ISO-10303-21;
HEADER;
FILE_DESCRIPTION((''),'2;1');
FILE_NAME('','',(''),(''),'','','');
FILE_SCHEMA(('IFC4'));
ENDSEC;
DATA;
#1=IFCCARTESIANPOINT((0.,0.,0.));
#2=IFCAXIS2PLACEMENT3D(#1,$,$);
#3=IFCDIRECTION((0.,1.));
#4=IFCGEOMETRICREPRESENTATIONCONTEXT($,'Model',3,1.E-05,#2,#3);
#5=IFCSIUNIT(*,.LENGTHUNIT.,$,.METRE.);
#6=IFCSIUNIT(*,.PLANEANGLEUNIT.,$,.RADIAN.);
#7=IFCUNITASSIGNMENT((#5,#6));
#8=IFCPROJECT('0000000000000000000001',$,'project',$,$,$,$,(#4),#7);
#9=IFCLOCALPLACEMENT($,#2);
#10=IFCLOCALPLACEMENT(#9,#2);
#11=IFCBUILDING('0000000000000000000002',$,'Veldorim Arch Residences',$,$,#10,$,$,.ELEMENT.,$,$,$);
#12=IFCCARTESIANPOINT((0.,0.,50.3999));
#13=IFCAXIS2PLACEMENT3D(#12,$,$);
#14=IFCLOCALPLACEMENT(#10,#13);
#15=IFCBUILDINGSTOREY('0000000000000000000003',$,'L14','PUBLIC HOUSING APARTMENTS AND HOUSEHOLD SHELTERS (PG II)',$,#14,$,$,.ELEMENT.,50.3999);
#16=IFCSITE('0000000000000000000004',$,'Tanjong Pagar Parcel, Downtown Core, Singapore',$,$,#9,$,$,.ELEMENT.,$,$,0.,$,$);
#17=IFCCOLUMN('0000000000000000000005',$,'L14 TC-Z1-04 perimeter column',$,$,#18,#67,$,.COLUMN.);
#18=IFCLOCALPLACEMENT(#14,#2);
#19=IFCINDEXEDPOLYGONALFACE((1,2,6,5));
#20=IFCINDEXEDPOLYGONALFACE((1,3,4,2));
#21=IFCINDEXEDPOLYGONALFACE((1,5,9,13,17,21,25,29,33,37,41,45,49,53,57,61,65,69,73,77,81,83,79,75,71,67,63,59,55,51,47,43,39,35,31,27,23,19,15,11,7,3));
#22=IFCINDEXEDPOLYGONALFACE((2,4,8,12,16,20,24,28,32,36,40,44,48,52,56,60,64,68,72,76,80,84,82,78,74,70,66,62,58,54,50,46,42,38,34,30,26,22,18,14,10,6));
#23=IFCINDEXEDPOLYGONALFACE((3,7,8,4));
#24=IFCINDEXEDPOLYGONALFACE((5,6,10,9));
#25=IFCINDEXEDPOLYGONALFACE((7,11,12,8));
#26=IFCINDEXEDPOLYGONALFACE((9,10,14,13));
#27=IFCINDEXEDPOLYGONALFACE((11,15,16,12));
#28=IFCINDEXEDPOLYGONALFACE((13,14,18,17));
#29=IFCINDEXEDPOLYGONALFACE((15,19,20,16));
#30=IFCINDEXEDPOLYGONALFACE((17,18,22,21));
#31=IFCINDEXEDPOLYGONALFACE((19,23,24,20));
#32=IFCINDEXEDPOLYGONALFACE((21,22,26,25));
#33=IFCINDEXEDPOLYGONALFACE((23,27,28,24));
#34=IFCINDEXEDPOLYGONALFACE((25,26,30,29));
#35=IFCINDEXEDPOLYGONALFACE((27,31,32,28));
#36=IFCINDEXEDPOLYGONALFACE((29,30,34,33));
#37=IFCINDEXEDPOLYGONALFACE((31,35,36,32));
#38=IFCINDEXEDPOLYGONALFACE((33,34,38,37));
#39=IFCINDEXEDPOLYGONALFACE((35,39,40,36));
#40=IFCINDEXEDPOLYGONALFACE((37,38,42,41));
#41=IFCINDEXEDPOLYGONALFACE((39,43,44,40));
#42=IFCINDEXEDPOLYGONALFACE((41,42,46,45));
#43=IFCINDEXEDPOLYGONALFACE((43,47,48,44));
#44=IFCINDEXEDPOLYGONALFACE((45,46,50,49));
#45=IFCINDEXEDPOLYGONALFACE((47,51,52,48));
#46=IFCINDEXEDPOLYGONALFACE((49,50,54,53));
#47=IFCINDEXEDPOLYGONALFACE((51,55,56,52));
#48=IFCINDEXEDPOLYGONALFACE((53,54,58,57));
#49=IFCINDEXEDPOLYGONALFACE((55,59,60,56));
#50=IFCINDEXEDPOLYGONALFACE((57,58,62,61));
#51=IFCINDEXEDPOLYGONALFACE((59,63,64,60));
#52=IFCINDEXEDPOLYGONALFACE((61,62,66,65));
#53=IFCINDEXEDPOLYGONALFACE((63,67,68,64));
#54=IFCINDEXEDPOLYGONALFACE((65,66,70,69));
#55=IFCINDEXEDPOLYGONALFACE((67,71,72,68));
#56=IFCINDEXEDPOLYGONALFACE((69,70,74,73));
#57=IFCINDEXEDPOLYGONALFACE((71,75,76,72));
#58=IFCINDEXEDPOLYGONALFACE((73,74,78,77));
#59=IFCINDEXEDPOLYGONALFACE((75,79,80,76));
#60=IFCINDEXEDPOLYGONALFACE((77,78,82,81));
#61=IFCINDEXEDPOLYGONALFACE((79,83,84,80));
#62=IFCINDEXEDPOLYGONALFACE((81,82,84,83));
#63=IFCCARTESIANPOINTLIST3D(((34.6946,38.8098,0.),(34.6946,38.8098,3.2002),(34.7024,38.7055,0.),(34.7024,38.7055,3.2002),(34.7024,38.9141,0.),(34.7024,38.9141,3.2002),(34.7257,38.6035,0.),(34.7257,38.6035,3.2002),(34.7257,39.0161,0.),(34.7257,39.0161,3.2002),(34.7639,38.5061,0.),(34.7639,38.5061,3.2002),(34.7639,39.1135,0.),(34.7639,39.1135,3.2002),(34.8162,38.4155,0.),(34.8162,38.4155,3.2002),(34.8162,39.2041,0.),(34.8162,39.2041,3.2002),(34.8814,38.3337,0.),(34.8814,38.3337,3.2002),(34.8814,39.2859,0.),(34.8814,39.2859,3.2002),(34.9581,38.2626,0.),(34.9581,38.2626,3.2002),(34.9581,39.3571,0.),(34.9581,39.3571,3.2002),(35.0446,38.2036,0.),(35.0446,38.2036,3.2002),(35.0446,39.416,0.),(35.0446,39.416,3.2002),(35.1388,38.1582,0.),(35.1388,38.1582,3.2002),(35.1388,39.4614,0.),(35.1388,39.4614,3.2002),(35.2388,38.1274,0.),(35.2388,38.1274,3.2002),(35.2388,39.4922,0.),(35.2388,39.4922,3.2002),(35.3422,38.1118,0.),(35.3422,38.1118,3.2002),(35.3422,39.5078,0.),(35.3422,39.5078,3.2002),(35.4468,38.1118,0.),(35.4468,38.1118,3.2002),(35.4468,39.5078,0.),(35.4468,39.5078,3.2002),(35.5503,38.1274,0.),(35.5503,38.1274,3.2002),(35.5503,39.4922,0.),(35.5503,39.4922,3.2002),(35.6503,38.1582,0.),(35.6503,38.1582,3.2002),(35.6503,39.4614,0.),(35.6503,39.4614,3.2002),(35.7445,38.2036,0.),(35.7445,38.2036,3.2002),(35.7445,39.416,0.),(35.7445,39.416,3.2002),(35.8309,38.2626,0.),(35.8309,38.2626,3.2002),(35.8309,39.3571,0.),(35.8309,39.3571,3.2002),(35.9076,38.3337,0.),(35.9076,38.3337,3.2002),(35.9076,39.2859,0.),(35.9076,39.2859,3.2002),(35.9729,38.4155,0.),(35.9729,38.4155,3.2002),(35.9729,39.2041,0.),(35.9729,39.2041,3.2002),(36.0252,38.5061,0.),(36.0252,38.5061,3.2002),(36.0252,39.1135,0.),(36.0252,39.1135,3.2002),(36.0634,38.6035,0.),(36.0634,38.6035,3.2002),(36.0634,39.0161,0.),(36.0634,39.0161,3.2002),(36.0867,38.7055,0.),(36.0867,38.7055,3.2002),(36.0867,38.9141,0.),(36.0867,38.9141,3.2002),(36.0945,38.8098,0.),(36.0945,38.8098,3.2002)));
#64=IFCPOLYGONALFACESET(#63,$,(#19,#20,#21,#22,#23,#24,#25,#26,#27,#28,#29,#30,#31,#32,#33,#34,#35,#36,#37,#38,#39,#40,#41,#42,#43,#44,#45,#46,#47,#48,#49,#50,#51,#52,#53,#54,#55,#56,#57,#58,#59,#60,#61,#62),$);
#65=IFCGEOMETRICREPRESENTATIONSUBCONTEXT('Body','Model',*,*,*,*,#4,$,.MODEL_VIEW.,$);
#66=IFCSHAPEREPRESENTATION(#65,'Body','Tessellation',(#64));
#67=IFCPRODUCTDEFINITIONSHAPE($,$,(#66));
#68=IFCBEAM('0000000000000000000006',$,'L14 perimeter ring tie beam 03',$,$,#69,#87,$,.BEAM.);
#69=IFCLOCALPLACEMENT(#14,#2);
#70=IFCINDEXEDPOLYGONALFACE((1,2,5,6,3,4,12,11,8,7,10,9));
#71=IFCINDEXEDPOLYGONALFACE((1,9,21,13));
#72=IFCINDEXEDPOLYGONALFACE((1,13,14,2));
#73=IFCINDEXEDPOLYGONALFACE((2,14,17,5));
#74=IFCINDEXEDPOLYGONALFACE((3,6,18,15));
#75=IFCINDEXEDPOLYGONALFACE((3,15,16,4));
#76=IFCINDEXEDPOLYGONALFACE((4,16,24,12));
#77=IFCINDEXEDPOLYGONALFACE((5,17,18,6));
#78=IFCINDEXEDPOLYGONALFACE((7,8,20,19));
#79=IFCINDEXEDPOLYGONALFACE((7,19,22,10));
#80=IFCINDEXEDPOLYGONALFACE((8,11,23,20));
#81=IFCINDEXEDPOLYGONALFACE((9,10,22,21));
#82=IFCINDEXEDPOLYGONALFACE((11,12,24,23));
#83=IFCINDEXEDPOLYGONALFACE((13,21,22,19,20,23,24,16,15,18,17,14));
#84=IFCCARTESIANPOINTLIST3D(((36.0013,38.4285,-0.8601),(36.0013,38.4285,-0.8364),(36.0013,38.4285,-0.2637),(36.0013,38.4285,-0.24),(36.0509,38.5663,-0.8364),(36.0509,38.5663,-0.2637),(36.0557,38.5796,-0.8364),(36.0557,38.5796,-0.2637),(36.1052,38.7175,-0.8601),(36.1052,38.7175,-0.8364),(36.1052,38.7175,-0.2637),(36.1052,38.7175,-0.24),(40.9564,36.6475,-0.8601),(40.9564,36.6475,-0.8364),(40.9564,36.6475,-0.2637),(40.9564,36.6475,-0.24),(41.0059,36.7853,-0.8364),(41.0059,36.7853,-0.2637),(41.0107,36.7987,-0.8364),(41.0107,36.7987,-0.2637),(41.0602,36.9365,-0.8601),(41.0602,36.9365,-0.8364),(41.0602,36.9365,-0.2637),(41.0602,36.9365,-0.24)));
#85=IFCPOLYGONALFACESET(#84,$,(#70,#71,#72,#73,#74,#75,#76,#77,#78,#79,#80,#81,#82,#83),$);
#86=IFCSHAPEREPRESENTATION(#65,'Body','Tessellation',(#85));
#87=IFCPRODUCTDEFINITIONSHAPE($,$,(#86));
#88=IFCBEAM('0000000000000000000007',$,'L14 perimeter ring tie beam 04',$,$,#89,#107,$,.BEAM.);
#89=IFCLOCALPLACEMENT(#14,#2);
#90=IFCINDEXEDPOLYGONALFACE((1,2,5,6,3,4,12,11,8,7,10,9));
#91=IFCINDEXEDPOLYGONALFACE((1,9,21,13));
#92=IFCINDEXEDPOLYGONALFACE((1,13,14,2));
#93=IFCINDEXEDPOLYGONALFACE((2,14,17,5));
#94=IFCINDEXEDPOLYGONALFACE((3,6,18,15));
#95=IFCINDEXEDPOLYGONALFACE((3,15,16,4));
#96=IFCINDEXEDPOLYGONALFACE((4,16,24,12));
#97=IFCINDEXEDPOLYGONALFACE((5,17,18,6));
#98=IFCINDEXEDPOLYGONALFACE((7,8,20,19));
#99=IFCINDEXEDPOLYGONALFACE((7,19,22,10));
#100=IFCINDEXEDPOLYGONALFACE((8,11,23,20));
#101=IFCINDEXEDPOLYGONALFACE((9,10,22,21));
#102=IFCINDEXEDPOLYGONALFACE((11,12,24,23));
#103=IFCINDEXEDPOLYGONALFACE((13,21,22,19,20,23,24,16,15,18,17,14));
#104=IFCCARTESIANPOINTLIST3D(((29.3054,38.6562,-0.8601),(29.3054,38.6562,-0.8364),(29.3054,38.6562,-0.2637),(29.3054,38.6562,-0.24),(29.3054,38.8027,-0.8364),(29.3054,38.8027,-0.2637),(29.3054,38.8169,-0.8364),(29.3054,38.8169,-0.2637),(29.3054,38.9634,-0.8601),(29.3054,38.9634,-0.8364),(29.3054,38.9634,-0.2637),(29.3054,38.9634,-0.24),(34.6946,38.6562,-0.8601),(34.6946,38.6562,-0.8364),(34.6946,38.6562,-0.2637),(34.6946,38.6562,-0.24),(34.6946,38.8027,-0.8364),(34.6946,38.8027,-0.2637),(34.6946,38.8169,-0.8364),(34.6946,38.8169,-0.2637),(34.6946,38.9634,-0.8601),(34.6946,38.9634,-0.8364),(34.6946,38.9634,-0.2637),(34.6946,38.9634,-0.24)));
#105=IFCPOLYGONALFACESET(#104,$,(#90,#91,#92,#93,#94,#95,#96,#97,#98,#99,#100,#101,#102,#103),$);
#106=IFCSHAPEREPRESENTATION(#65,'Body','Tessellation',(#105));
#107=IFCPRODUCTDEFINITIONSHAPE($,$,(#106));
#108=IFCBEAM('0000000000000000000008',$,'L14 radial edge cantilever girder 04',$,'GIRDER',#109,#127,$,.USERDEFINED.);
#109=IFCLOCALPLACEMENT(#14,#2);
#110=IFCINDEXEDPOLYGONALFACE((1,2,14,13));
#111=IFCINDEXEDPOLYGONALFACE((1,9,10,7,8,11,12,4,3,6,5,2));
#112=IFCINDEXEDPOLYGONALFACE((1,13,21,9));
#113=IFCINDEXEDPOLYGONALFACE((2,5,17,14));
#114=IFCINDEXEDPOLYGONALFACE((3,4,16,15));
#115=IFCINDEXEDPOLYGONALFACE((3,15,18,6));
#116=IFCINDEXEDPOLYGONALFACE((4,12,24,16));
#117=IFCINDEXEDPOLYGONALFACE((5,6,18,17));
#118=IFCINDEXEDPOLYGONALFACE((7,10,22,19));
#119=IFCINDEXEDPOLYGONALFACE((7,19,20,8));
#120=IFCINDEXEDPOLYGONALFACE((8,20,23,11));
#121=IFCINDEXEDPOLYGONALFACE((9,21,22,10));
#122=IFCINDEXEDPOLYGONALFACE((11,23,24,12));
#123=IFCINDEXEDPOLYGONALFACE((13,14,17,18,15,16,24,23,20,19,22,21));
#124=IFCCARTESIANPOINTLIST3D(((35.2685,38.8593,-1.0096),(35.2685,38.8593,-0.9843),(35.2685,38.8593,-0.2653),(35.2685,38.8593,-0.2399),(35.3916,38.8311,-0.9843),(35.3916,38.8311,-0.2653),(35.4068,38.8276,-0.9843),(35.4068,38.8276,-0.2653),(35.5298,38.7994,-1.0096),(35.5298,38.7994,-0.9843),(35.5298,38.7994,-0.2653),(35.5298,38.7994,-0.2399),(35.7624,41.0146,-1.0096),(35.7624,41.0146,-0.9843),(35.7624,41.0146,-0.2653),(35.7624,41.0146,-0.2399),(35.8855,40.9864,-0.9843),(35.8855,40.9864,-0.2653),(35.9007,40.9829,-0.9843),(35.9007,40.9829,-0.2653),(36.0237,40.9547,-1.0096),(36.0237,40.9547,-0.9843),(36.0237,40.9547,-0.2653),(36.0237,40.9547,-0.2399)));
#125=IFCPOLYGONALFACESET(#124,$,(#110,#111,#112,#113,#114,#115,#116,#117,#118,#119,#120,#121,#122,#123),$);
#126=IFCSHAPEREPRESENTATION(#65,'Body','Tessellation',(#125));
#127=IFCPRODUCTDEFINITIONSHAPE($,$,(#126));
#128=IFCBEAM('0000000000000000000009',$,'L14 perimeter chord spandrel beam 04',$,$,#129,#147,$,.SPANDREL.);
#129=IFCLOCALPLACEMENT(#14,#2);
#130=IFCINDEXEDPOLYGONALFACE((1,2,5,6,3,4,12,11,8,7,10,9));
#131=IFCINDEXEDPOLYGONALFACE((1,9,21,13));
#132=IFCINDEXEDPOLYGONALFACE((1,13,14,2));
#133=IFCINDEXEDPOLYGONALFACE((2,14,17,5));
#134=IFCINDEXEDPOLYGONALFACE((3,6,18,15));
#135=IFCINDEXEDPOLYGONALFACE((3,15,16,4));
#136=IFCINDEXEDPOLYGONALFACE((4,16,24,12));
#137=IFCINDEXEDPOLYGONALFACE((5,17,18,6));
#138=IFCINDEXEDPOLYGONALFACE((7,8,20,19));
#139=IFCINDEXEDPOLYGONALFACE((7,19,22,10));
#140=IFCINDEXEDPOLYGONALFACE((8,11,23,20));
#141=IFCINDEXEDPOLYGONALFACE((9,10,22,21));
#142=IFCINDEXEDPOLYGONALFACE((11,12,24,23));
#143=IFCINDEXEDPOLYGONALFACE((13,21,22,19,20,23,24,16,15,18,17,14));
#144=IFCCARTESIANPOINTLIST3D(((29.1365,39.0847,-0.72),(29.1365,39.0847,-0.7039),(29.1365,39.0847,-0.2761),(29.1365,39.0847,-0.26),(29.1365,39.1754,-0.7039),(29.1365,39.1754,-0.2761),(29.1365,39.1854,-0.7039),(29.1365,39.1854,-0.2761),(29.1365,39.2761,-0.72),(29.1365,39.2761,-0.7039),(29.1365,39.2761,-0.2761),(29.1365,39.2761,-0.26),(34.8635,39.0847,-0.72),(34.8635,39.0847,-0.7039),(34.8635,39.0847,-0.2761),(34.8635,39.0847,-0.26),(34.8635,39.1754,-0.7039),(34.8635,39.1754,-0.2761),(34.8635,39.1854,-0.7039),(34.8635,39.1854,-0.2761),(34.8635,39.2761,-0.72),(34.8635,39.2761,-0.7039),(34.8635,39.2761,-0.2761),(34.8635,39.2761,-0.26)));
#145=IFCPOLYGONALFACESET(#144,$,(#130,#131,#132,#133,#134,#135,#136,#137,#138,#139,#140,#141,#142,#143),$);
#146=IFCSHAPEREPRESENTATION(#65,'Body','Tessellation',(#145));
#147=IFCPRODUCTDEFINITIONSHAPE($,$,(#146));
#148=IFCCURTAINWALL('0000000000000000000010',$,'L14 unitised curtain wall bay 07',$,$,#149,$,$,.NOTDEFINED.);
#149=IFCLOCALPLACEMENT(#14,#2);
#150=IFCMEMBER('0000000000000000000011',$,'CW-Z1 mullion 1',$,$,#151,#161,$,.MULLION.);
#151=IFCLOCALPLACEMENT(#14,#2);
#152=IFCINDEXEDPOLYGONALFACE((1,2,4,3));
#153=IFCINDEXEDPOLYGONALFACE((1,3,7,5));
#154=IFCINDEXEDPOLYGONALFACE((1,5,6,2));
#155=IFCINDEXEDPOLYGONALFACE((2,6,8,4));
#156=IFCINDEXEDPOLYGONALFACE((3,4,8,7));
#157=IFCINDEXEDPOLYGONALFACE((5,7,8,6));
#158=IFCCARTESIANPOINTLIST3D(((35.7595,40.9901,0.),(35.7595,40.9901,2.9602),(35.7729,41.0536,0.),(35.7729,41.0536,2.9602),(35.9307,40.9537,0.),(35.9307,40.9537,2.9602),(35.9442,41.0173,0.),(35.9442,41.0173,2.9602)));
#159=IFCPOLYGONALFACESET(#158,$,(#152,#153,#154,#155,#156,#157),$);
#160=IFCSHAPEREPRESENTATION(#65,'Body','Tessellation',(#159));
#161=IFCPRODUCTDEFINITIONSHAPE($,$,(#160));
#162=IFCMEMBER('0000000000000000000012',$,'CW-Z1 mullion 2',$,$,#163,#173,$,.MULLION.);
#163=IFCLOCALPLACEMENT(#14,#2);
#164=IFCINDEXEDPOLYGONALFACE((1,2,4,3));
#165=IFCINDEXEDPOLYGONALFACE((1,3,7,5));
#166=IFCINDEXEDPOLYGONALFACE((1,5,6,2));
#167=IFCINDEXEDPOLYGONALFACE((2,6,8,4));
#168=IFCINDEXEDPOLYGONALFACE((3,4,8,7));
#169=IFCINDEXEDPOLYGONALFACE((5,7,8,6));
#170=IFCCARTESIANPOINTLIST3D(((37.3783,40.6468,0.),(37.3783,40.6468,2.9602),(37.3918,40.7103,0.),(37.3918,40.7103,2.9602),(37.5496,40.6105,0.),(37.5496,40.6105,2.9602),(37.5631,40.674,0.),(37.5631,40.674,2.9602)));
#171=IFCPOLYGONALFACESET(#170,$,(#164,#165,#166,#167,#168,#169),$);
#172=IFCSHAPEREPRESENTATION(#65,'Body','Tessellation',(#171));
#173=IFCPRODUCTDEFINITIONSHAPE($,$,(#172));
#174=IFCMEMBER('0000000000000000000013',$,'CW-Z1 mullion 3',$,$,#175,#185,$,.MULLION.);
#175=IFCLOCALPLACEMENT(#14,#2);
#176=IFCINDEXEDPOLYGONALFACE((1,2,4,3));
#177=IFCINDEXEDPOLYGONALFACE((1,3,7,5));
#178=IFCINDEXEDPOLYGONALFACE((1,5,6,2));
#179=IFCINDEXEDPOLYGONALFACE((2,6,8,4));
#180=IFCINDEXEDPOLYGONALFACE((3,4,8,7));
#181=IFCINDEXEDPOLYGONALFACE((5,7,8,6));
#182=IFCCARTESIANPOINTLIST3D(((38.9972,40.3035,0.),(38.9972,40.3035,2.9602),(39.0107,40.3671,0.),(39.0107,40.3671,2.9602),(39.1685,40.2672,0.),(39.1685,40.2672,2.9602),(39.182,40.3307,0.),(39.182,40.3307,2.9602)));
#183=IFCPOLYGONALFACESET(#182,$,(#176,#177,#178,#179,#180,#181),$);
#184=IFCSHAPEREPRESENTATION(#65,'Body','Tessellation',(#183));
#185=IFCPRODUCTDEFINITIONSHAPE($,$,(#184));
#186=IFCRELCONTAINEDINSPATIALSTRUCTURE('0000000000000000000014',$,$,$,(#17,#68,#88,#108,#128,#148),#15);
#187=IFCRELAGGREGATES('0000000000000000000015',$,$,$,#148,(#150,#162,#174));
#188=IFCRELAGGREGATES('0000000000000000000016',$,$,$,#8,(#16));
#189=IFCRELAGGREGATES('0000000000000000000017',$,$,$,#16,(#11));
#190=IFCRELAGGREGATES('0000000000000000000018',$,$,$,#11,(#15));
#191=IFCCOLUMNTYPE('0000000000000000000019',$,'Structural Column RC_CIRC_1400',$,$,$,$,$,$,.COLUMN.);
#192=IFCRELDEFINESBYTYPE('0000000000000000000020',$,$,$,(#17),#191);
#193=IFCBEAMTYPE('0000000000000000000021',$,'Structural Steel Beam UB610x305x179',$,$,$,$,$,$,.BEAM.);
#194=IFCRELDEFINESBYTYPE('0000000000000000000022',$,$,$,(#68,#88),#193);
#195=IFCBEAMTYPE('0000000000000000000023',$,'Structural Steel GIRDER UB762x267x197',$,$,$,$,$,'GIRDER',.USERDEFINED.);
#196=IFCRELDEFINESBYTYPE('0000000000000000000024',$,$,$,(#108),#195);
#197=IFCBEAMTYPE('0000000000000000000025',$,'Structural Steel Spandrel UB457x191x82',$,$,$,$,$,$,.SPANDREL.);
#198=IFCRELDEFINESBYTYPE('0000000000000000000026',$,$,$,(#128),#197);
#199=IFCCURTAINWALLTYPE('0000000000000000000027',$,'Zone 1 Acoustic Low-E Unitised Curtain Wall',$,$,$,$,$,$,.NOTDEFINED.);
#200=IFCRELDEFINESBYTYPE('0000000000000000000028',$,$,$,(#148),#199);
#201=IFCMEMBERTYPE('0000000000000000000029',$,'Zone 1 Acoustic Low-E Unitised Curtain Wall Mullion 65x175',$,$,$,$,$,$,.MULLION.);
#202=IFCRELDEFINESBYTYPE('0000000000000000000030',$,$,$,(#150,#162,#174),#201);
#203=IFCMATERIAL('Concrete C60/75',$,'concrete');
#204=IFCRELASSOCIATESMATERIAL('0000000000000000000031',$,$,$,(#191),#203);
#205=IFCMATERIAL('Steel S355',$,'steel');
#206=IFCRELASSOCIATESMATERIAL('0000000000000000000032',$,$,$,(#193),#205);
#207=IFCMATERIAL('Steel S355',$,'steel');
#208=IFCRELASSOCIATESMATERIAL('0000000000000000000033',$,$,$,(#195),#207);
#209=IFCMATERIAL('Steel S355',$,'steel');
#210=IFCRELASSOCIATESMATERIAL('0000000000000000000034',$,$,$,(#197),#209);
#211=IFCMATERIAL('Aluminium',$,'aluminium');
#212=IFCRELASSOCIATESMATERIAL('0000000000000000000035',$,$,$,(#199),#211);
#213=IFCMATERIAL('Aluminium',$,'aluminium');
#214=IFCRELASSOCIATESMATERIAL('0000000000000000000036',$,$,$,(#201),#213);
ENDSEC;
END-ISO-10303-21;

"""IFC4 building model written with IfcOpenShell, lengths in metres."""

from ifc_helpers import new_model, si_unit, direction, frame, origin, origin_2d, place, context, subcontext, project, spatial, rectangle, circle, i_section, extrude, material, material_profile, profile_set, type_object, element, aggregate, save


model = new_model("IFC4")

# Units and contexts
model_context = context("Model", 3, precision=1e-05, world=origin(), true_north=direction((0.0, 1.0)))
body_context = subcontext(model_context, "Body", "Model", "MODEL_VIEW")
ifc_project = project(units=[si_unit("LENGTHUNIT", "METRE"), si_unit("PLANEANGLEUNIT", "RADIAN")], contexts=[model_context])

# Site, building, storey
site_placement = place(None, origin())
site = spatial("IfcSite", under=ifc_project, at=site_placement, Name="Tanjong Pagar Parcel, Downtown Core, Singapore", CompositionType="ELEMENT", RefElevation=0.0)
building_placement = place(site_placement, origin())
building = spatial("IfcBuilding", under=site, at=building_placement, Name="Veldorim Arch Residences", CompositionType="ELEMENT")
storey_placement = place(building_placement, frame((0.0, 0.0, 50.3999)))
storey = spatial("IfcBuildingStorey", under=building, at=storey_placement, Name="L14", Description="PUBLIC HOUSING APARTMENTS AND HOUSEHOLD SHELTERS (PG II)", CompositionType="ELEMENT", Elevation=50.3999)

# Column
ifc_material_1 = material(Name="Concrete C60/75", Category="concrete")
ifc_material_profile_1 = material_profile(ifc_material_1, circle(Radius=0.7, at=origin_2d()), Name="RC_CIRC_1400")
ifc_profile_set_1 = profile_set([ifc_material_profile_1], Name="Concrete C60/75")
column_type = type_object("IfcColumnType", Name="Structural Column RC_CIRC_1400", PredefinedType="COLUMN", material=ifc_profile_set_1)
column_placement = place(storey_placement, frame((35.3945, 38.8098, 0.0), z_axis=(0.0, 0.0, 1.0), x_axis=(1.0, 0.0, 0.0)))
element("IfcColumn", 1, at=column_placement, inside=storey, type_object=column_type, Name="L14 TC-Z1-04 perimeter column", PredefinedType="COLUMN", context=body_context, shape_type="SweptSolid", body=[
    extrude(circle(Radius=0.7, at=origin_2d()), origin(), (0.0, 0.0, 1.0), 3.2002),
])

# Beams
ifc_material_2 = material(Name="Steel S355", Category="steel")
ifc_material_profile_2 = material_profile(ifc_material_2, i_section(OverallWidth=0.3071, OverallDepth=0.6201, WebThickness=0.0142, FlangeThickness=0.0237, at=origin_2d()), Name="UB610x305x179")
ifc_profile_set_2 = profile_set([ifc_material_profile_2], Name="Steel S355")
beam_type_1 = type_object("IfcBeamType", Name="Structural Steel Beam UB610x305x179", PredefinedType="BEAM", material=ifc_profile_set_2)
beam_1_placement = place(storey_placement, frame((41.0083, 36.792, -0.55), z_axis=(-0.941058, 0.338245, 0.0), x_axis=(-0.338245, -0.941058, 0.0)))
element("IfcBeam", 2, at=beam_1_placement, inside=storey, type_object=beam_type_1, Name="L14 perimeter ring tie beam 03", PredefinedType="BEAM", context=body_context, shape_type="SweptSolid", body=[
    extrude(i_section(OverallWidth=0.3071, OverallDepth=0.6201, WebThickness=0.0142, FlangeThickness=0.0237, at=origin_2d()), origin(), (0.0, 0.0, 1.0), 5.2654),
])
beam_2_placement = place(storey_placement, frame((34.6946, 38.8098, -0.55), z_axis=(-1.0, 0.0, 0.0), x_axis=(0.0, -1.0, 0.0)))
element("IfcBeam", 3, at=beam_2_placement, inside=storey, type_object=beam_type_1, Name="L14 perimeter ring tie beam 04", PredefinedType="BEAM", context=body_context, shape_type="SweptSolid", body=[
    extrude(i_section(OverallWidth=0.3071, OverallDepth=0.6201, WebThickness=0.0142, FlangeThickness=0.0237, at=origin_2d()), origin(), (0.0, 0.0, 1.0), 5.3892),
])
ifc_material_3 = material(Name="Steel S355", Category="steel")
ifc_material_profile_3 = material_profile(ifc_material_3, i_section(OverallWidth=0.2681, OverallDepth=0.7698, WebThickness=0.0156, FlangeThickness=0.0254, at=origin_2d()), Name="UB762x267x197")
ifc_profile_set_3 = profile_set([ifc_material_profile_3], Name="Steel S355")
beam_type_2 = type_object("IfcBeamType", Name="Structural Steel GIRDER UB762x267x197", ElementType="GIRDER", PredefinedType="USERDEFINED", material=ifc_profile_set_3)
beam_3_placement = place(storey_placement, frame((35.3992, 38.8293, -0.6248), z_axis=(0.223367, 0.974734, 0.0), x_axis=(-0.974734, 0.223367, 0.0)))
element("IfcBeam", 4, at=beam_3_placement, inside=storey, type_object=beam_type_2, Name="L14 radial edge cantilever girder 04", ObjectType="GIRDER", PredefinedType="USERDEFINED", context=body_context, shape_type="SweptSolid", body=[
    extrude(i_section(OverallWidth=0.2681, OverallDepth=0.7698, WebThickness=0.0156, FlangeThickness=0.0254, at=origin_2d()), origin(), (0.0, 0.0, 1.0), 2.2112),
])
ifc_material_4 = material(Name="Steel S355", Category="steel")
ifc_material_profile_4 = material_profile(ifc_material_4, i_section(OverallWidth=0.1914, OverallDepth=0.46, WebThickness=0.01, FlangeThickness=0.0161, at=origin_2d()), Name="UB457x191x82")
ifc_profile_set_4 = profile_set([ifc_material_profile_4], Name="Steel S355")
beam_type_3 = type_object("IfcBeamType", Name="Structural Steel Spandrel UB457x191x82", PredefinedType="SPANDREL", material=ifc_profile_set_4)
beam_4_placement = place(storey_placement, frame((34.8635, 39.1804, -0.49), z_axis=(-1.0, 0.0, 0.0), x_axis=(0.0, -1.0, 0.0)))
element("IfcBeam", 5, at=beam_4_placement, inside=storey, type_object=beam_type_3, Name="L14 perimeter chord spandrel beam 04", PredefinedType="SPANDREL", context=body_context, shape_type="SweptSolid", body=[
    extrude(i_section(OverallWidth=0.1914, OverallDepth=0.46, WebThickness=0.01, FlangeThickness=0.0161, at=origin_2d()), origin(), (0.0, 0.0, 1.0), 5.7271),
])

# Curtain wall, members
ifc_material_5 = material(Name="Aluminium", Category="aluminium")
curtain_wall_type = type_object("IfcCurtainWallType", Name="Zone 1 Acoustic Low-E Unitised Curtain Wall", PredefinedType="NOTDEFINED", material=ifc_material_5)
curtain_wall_placement = place(storey_placement, origin())
curtain_wall = element("IfcCurtainWall", 6, at=curtain_wall_placement, inside=storey, type_object=curtain_wall_type, Name="L14 unitised curtain wall bay 07", PredefinedType="NOTDEFINED")
ifc_material_6 = material(Name="Aluminium", Category="aluminium")
ifc_material_profile_5 = material_profile(ifc_material_6, rectangle(XDim=0.0649, YDim=0.175, at=origin_2d()), Name="ALU_MUL_65x175")
ifc_profile_set_5 = profile_set([ifc_material_profile_5], Name="Aluminium")
member_type_1 = type_object("IfcMemberType", Name="Zone 1 Acoustic Low-E Unitised Curtain Wall Mullion 65x175", PredefinedType="MULLION", material=ifc_profile_set_5)
member_1_placement = place(storey_placement, frame((35.8518, 41.0037, 0.0), z_axis=(0.0, 0.0, 1.0), x_axis=(0.207442, 0.978247, 0.0)))
member_1 = element("IfcMember", 7, at=member_1_placement, type_object=member_type_1, Name="CW-Z1 mullion 1", PredefinedType="MULLION", context=body_context, shape_type="SweptSolid", body=[
    extrude(rectangle(XDim=0.0649, YDim=0.175, at=origin_2d()), origin(), (0.0, 0.0, 1.0), 2.9602),
])
member_2_placement = place(storey_placement, frame((37.4707, 40.6604, 0.0), z_axis=(0.0, 0.0, 1.0), x_axis=(0.207442, 0.978247, 0.0)))
member_2 = element("IfcMember", 8, at=member_2_placement, type_object=member_type_1, Name="CW-Z1 mullion 2", PredefinedType="MULLION", context=body_context, shape_type="SweptSolid", body=[
    extrude(rectangle(XDim=0.0649, YDim=0.175, at=origin_2d()), origin(), (0.0, 0.0, 1.0), 2.9602),
])
member_3_placement = place(storey_placement, frame((39.0896, 40.3171, 0.0), z_axis=(0.0, 0.0, 1.0), x_axis=(0.207442, 0.978247, 0.0)))
member_3 = element("IfcMember", 9, at=member_3_placement, type_object=member_type_1, Name="CW-Z1 mullion 3", PredefinedType="MULLION", context=body_context, shape_type="SweptSolid", body=[
    extrude(rectangle(XDim=0.0649, YDim=0.175, at=origin_2d()), origin(), (0.0, 0.0, 1.0), 2.9602),
])
aggregate(curtain_wall, [member_1, member_2, member_3])

save(model, "model.ifc")
